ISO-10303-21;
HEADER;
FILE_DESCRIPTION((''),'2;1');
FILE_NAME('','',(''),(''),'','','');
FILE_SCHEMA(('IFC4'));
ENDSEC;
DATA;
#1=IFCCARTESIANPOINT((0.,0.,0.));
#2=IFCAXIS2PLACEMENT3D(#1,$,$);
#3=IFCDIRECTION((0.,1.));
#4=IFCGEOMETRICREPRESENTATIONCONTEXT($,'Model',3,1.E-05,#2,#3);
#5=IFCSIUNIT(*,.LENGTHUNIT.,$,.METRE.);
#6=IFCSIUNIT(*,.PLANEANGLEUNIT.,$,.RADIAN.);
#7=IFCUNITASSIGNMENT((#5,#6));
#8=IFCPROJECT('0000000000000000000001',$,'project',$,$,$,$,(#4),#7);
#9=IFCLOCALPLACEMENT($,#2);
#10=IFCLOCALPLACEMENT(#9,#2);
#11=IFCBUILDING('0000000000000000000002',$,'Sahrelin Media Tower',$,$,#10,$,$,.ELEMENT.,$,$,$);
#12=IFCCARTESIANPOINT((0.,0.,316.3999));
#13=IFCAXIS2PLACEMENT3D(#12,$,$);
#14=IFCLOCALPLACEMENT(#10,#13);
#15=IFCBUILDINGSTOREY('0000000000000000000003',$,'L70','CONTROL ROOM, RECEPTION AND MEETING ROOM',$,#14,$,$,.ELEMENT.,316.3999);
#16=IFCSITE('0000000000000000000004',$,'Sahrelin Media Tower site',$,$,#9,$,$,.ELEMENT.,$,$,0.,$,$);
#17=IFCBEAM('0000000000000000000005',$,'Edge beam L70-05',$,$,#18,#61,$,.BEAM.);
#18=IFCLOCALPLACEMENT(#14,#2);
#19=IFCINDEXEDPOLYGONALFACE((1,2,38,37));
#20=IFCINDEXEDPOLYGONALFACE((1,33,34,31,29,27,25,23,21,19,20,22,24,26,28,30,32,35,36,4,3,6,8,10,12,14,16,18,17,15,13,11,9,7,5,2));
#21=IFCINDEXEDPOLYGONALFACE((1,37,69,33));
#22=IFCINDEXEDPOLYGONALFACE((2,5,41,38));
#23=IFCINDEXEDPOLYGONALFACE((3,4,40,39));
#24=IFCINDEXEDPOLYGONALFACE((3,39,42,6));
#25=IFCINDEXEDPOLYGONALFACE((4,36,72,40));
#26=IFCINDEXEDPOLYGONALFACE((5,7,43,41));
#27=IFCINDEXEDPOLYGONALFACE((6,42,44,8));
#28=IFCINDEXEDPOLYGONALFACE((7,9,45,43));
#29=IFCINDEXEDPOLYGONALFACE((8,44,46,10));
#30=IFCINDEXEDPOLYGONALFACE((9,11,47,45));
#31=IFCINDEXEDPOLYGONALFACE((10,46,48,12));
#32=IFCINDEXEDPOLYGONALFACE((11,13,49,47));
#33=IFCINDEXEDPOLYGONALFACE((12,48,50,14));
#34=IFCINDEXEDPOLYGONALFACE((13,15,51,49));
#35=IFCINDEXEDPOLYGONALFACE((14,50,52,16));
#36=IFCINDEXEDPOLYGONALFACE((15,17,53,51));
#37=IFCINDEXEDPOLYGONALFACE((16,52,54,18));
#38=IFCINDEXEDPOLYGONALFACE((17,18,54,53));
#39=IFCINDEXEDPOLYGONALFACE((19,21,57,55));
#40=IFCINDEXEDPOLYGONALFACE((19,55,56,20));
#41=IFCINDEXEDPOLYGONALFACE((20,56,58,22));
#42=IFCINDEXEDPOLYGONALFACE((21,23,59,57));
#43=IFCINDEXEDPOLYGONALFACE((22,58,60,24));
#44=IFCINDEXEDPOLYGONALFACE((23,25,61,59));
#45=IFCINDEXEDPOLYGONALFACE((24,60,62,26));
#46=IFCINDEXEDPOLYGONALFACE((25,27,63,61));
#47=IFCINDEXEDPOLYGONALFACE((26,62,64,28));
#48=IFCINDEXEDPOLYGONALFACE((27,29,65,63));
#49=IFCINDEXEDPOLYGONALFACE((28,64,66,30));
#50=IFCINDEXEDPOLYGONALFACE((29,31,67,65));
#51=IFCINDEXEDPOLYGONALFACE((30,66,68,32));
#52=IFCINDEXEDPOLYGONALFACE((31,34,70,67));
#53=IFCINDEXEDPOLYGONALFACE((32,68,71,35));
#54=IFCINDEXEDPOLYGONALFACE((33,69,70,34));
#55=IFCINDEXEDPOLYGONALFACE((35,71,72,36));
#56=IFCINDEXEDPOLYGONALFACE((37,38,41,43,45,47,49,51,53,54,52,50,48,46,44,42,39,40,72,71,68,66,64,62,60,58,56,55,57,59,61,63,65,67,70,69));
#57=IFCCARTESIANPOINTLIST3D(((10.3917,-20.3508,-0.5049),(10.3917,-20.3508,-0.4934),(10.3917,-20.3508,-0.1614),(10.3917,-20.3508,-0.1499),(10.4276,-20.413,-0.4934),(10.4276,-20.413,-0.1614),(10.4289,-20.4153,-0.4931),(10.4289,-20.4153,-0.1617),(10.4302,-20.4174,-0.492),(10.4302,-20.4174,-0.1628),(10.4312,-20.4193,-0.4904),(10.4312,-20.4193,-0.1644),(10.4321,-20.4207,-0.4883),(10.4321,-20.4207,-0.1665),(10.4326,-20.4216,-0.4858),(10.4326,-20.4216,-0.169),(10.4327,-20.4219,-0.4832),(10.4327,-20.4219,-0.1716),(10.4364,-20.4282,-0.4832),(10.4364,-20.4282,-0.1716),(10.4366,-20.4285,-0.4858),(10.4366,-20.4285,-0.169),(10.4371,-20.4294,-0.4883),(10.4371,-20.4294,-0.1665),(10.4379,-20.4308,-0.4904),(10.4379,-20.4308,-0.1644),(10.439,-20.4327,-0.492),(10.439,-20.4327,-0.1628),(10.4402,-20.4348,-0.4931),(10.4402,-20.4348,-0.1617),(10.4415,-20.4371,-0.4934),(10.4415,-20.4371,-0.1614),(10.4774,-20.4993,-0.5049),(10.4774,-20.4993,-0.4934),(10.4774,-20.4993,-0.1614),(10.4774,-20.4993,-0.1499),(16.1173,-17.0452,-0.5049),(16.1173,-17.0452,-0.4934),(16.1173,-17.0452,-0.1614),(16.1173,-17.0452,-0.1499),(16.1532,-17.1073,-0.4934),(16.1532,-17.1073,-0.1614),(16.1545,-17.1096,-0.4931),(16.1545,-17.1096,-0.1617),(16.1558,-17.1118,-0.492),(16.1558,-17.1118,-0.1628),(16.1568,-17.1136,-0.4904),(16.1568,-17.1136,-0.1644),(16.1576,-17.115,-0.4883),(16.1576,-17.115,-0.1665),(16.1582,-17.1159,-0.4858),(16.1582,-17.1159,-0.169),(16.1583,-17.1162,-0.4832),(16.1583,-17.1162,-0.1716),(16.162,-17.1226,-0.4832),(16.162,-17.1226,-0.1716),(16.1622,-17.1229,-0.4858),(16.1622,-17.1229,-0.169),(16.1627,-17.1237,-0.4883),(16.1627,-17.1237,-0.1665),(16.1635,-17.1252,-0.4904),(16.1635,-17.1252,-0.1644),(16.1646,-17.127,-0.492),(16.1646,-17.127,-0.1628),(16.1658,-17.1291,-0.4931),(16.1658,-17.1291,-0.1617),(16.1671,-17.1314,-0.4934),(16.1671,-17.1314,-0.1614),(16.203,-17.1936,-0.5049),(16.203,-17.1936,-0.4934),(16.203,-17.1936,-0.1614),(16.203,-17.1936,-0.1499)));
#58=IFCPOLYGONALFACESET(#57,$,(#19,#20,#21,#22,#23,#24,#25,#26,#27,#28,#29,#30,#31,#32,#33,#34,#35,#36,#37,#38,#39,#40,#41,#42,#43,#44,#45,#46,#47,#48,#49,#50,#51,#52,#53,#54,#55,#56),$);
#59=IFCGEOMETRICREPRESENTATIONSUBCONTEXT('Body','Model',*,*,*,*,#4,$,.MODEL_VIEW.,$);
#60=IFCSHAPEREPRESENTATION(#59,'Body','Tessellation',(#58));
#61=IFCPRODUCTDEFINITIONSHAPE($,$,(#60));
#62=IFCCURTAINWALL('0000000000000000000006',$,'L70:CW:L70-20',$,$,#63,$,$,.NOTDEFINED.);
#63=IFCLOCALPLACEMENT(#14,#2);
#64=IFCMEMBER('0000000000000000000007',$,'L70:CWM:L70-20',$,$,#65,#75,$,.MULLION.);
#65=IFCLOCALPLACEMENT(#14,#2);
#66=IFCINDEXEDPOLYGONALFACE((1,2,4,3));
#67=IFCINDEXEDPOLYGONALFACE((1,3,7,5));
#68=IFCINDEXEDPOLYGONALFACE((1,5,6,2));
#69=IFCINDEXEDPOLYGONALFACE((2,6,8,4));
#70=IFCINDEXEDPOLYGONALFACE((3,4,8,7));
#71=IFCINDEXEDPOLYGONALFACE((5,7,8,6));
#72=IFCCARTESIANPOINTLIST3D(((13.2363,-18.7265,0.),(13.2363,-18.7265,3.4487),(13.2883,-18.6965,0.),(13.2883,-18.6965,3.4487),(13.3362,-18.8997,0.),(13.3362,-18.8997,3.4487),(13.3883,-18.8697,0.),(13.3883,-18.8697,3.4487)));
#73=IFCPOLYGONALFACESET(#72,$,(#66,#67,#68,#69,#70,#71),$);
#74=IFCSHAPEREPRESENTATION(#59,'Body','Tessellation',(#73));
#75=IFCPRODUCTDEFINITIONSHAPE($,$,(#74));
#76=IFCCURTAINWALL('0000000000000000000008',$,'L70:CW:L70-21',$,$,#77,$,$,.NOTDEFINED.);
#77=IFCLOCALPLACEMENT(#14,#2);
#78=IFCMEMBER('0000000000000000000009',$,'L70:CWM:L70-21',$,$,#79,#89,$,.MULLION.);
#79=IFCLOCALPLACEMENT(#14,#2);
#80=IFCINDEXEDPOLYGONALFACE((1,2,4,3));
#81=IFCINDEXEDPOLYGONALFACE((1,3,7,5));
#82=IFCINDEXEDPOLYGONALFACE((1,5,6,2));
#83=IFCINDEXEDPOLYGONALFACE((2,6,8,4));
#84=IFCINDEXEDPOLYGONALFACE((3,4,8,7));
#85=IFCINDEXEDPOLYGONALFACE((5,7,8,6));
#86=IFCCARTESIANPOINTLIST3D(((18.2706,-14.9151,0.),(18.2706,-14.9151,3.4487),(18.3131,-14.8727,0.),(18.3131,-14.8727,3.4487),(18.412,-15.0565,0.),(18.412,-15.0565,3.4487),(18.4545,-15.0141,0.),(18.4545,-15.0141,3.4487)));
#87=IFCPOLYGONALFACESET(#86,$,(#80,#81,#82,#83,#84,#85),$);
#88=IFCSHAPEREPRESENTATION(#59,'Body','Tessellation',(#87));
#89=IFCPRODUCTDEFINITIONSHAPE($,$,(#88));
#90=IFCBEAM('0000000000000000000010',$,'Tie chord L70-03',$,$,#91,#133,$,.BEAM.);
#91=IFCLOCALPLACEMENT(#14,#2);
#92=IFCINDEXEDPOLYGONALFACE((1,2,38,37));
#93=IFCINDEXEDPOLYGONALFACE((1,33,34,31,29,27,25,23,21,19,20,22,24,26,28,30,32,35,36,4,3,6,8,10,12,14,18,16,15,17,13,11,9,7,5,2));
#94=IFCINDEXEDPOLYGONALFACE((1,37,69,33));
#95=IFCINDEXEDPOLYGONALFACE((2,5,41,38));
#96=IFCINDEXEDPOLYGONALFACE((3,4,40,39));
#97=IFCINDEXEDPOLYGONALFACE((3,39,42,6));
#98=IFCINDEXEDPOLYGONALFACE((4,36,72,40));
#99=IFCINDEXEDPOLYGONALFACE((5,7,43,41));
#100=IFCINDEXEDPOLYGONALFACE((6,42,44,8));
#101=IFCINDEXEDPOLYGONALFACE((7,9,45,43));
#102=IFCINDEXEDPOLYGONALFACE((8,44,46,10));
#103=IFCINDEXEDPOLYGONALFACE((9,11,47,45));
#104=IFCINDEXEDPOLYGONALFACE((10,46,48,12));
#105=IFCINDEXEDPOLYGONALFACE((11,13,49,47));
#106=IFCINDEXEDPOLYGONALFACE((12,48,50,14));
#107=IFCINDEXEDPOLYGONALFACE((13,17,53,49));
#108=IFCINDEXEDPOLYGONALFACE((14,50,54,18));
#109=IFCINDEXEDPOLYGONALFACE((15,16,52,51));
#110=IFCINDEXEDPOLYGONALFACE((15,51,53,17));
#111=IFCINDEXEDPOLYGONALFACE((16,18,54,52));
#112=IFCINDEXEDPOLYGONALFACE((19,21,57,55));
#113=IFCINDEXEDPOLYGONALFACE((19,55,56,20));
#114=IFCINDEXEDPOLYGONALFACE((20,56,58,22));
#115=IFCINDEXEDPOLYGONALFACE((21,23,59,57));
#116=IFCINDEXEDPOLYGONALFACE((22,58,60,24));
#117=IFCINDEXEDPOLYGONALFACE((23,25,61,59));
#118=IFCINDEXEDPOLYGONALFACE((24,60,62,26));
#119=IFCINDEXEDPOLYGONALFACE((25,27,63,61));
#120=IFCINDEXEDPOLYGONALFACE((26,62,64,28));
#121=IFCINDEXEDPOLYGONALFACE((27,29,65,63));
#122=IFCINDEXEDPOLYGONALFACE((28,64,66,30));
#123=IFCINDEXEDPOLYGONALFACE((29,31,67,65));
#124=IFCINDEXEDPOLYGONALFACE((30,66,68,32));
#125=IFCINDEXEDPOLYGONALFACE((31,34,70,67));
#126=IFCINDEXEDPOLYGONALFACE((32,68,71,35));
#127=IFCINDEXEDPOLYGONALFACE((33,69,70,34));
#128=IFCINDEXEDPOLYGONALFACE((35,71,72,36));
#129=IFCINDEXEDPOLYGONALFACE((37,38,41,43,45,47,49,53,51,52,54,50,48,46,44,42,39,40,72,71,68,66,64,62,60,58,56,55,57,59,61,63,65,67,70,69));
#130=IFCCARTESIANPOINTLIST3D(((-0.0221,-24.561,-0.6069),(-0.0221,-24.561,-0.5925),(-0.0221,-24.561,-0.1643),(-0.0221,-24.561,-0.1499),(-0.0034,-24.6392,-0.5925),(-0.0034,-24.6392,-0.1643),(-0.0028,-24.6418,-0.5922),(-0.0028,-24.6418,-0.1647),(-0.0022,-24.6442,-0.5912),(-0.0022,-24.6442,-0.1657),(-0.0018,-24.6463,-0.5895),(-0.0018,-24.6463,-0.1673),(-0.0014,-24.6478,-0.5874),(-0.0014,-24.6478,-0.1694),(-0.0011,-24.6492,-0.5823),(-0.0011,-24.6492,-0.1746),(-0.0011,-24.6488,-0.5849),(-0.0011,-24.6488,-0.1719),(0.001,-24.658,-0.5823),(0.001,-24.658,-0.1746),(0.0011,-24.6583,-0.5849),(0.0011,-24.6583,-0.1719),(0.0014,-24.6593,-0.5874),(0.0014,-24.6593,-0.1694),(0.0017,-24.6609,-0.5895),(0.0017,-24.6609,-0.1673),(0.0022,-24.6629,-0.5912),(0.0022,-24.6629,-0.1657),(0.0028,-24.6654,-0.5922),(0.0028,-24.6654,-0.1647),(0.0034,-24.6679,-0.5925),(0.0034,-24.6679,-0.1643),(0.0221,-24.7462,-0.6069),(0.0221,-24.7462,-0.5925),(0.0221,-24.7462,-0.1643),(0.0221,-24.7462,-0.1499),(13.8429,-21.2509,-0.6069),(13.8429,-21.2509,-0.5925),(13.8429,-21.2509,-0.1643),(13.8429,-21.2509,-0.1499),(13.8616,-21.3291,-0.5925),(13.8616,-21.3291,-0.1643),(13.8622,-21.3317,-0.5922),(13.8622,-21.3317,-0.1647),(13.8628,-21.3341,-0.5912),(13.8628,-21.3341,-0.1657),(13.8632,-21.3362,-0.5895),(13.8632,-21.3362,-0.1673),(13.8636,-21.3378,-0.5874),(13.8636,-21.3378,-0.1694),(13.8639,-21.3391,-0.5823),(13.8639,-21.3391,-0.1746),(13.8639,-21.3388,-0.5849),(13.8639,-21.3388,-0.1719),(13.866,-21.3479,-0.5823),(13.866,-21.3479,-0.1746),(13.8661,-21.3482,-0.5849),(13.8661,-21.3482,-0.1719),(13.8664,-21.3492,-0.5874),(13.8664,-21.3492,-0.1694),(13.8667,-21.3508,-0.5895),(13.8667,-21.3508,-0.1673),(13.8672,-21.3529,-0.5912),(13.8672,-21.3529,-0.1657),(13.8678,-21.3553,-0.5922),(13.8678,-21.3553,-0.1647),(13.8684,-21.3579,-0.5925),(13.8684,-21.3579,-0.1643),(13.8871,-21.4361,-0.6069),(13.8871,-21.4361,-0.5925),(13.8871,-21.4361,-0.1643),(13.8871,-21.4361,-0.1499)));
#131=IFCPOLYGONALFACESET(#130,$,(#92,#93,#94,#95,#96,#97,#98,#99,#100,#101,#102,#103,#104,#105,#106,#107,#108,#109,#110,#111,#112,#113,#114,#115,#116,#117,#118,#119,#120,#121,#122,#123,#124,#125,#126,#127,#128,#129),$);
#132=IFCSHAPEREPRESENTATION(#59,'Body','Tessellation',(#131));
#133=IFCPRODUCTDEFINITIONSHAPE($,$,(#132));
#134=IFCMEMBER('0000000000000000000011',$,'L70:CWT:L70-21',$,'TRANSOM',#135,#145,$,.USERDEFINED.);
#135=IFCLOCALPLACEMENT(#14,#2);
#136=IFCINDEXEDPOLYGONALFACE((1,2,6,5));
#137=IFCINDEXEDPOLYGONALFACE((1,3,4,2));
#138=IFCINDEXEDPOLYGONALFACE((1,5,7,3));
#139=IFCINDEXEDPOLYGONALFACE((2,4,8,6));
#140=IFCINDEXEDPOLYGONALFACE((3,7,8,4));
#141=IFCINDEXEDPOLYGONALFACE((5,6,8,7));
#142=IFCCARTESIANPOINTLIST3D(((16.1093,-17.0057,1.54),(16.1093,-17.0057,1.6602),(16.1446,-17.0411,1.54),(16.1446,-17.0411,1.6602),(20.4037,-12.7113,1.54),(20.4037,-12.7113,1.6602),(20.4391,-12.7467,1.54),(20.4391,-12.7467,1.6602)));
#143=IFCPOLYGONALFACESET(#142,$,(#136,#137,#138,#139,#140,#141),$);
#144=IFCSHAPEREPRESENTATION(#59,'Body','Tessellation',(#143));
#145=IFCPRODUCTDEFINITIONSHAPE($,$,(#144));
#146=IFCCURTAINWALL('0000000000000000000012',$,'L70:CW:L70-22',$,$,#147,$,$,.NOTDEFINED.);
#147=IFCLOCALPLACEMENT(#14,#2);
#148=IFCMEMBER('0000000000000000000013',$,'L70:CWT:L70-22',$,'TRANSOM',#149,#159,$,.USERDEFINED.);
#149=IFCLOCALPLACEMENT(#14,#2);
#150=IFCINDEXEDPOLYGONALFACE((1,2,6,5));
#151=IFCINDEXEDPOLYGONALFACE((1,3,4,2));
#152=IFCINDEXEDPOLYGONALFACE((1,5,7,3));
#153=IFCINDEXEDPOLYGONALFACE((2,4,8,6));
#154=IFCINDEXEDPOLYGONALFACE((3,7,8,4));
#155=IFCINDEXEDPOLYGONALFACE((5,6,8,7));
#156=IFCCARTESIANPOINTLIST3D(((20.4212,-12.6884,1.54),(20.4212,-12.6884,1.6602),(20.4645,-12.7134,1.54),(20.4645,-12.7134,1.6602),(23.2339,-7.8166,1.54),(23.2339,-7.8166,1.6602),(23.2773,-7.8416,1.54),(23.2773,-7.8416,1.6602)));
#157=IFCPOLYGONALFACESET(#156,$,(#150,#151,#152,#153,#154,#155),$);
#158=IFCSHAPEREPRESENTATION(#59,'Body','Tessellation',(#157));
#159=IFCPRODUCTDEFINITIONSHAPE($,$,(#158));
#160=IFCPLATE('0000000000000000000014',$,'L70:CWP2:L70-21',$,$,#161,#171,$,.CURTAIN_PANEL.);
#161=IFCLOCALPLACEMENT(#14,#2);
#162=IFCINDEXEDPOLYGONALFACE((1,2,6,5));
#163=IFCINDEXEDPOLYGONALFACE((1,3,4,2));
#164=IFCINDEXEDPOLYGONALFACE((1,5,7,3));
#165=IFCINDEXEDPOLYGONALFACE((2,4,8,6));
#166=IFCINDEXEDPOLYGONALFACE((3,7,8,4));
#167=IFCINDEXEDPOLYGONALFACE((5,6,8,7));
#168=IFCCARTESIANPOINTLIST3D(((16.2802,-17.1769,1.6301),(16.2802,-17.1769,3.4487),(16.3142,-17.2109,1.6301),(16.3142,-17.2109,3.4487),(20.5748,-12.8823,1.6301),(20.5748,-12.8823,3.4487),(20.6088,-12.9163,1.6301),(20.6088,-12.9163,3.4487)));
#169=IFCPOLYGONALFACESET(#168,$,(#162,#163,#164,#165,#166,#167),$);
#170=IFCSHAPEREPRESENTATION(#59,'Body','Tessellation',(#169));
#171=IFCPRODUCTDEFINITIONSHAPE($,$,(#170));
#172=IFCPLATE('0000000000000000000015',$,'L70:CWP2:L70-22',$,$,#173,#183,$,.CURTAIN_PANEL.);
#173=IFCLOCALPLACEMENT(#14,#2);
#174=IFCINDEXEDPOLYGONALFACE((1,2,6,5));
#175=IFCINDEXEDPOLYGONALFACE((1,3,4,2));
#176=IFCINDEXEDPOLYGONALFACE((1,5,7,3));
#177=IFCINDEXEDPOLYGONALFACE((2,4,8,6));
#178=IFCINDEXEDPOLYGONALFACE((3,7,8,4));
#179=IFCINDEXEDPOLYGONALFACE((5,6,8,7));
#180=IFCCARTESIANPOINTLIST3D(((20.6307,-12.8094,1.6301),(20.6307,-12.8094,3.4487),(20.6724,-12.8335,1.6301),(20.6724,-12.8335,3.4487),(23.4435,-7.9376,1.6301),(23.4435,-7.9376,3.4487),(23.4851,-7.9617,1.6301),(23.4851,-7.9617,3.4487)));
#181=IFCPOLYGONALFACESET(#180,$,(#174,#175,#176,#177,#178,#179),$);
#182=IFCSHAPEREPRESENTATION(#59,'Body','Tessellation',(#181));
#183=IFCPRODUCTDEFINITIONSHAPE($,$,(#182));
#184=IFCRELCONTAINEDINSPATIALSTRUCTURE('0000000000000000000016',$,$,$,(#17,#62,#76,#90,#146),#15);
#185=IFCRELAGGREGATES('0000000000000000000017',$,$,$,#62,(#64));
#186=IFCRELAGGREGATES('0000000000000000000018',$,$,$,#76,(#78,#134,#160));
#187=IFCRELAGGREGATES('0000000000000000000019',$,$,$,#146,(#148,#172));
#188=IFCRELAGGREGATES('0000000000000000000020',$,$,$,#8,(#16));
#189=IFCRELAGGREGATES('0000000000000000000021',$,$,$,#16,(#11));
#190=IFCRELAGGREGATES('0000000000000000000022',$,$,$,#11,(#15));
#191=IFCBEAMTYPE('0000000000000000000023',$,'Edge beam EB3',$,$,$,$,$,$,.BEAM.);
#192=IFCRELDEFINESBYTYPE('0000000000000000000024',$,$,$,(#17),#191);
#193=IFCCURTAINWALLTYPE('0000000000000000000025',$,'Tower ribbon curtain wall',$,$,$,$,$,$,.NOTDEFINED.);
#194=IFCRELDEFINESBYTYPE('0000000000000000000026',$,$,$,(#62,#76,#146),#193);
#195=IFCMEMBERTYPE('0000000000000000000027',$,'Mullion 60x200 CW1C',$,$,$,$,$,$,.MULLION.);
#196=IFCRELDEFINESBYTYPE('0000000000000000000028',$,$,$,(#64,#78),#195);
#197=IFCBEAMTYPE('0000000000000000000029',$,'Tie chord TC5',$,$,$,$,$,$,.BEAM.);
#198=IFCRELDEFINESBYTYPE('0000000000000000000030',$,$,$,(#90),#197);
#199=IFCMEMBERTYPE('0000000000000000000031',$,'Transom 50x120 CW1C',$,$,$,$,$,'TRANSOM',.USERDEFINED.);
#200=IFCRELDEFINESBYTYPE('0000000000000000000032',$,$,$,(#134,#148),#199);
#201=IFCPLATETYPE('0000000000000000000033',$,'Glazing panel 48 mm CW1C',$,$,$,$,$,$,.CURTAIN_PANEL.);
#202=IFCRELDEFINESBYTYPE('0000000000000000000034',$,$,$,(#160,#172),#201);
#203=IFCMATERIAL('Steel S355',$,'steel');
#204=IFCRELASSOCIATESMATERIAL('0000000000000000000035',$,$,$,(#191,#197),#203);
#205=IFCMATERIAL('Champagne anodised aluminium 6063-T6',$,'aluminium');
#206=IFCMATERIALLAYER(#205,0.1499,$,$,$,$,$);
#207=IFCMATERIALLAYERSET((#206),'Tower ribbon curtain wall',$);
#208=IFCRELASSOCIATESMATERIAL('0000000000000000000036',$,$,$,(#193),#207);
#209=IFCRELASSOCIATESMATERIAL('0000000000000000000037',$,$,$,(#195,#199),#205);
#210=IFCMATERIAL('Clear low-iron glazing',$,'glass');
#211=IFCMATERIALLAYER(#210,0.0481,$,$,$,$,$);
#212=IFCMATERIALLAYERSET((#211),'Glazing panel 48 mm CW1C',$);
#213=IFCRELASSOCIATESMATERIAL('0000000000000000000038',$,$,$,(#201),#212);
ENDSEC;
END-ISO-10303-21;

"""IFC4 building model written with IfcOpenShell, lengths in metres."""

from ifc_helpers import new_model, si_unit, direction, frame, origin, origin_2d, place, context, subcontext, project, spatial, polyline, rectangle, i_section, outline, extrude, material, layer, layer_set, material_profile, profile_set, type_object, element, aggregate, save


model = new_model("IFC4")

# Units and contexts
model_context = context("Model", 3, precision=1e-05, world=origin(), true_north=direction((0.0, 1.0)))
body_context = subcontext(model_context, "Body", "Model", "MODEL_VIEW")
ifc_project = project(units=[si_unit("LENGTHUNIT", "METRE"), si_unit("PLANEANGLEUNIT", "RADIAN")], contexts=[model_context])

# Site, building, storey
site_placement = place(None, origin())
site = spatial("IfcSite", under=ifc_project, at=site_placement, Name="Sahrelin Media Tower site", CompositionType="ELEMENT", RefElevation=0.0)
building_placement = place(site_placement, origin())
building = spatial("IfcBuilding", under=site, at=building_placement, Name="Sahrelin Media Tower", CompositionType="ELEMENT")
storey_placement = place(building_placement, frame((0.0, 0.0, 316.3999)))
storey = spatial("IfcBuildingStorey", under=building, at=storey_placement, Name="L70", Description="CONTROL ROOM, RECEPTION AND MEETING ROOM", CompositionType="ELEMENT", Elevation=316.3999)

# Beam
ifc_material_1 = material(Name="Steel S355", Category="steel")
ifc_material_profile_1 = material_profile(ifc_material_1, i_section(OverallWidth=0.1714, OverallDepth=0.355, WebThickness=0.0073, FlangeThickness=0.0115, FilletRadius=0.0103, at=origin_2d()), Name="UB 356x171x51")
ifc_profile_set_1 = profile_set([ifc_material_profile_1], Name="Steel S355")
beam_type_1 = type_object("IfcBeamType", Name="Edge beam EB3", PredefinedType="BEAM", material=ifc_profile_set_1)
beam_1_placement = place(storey_placement, frame((16.1602, -17.1194, -0.3274), z_axis=(-0.866026, -0.499999, 0.0), x_axis=(0.499999, -0.866026, 0.0)))
element("IfcBeam", 1, at=beam_1_placement, inside=storey, type_object=beam_type_1, Name="Edge beam L70-05", PredefinedType="BEAM", context=body_context, shape_type="SweptSolid", body=[
    extrude(i_section(OverallWidth=0.1714, OverallDepth=0.355, WebThickness=0.0073, FlangeThickness=0.0115, FilletRadius=0.0103, at=origin_2d()), origin(), (0.0, 0.0, 1.0), 6.6113),
])

# Curtain walls, members
ifc_material_2 = material(Name="Champagne anodised aluminium 6063-T6", Category="aluminium")
ifc_layer_1 = layer(ifc_material_2, 0.1499)
ifc_layer_set_1 = layer_set([ifc_layer_1], Name="Tower ribbon curtain wall")
curtain_wall_type = type_object("IfcCurtainWallType", Name="Tower ribbon curtain wall", PredefinedType="NOTDEFINED", material=ifc_layer_set_1)
curtain_wall_1_placement = place(storey_placement, frame((13.3723, -18.9021, 0.0), z_axis=(0.0, 0.0, 1.0), x_axis=(1.0, 0.0, 0.0)))
curtain_wall_1 = element("IfcCurtainWall", 2, at=curtain_wall_1_placement, inside=storey, type_object=curtain_wall_type, Name="L70:CW:L70-20", PredefinedType="NOTDEFINED")
ifc_material_profile_2 = material_profile(ifc_material_2, rectangle(XDim=0.0601, YDim=0.2, at=origin_2d()), Name="Mullion 60x200")
ifc_profile_set_2 = profile_set([ifc_material_profile_2], Name="Champagne anodised aluminium 6063-T6")
member_type_1 = type_object("IfcMemberType", Name="Mullion 60x200 CW1C", PredefinedType="MULLION", material=ifc_profile_set_2)
member_1_placement = place(storey_placement, frame((13.3123, -18.7981, 0.0), z_axis=(0.0, 0.0, 1.0), x_axis=(0.866024, 0.500003, 0.0)))
member_1 = element("IfcMember", 3, at=member_1_placement, type_object=member_type_1, Name="L70:CWM:L70-20", PredefinedType="MULLION", context=body_context, shape_type="SweptSolid", body=[
    extrude(rectangle(XDim=0.0601, YDim=0.2, at=origin_2d()), origin(), (0.0, 0.0, 1.0), 3.4487),
])
aggregate(curtain_wall_1, [member_1])
curtain_wall_2_placement = place(storey_placement, frame((18.4475, -15.0496, 0.0), z_axis=(0.0, 0.0, 1.0), x_axis=(1.0, 0.0, 0.0)))
curtain_wall_2 = element("IfcCurtainWall", 4, at=curtain_wall_2_placement, inside=storey, type_object=curtain_wall_type, Name="L70:CW:L70-21", PredefinedType="NOTDEFINED")
member_2_placement = place(storey_placement, frame((18.3625, -14.9646, 0.0), z_axis=(0.0, 0.0, 1.0), x_axis=(0.707107, 0.707107, 0.0)))
member_2 = element("IfcMember", 5, at=member_2_placement, type_object=member_type_1, Name="L70:CWM:L70-21", PredefinedType="MULLION", context=body_context, shape_type="SweptSolid", body=[
    extrude(rectangle(XDim=0.0601, YDim=0.2, at=origin_2d()), origin(), (0.0, 0.0, 1.0), 3.4487),
])

# Beam
ifc_material_profile_3 = material_profile(ifc_material_1, i_section(OverallWidth=0.1904, OverallDepth=0.457, WebThickness=0.009, FlangeThickness=0.0144, FilletRadius=0.0103, at=origin_2d()), Name="UB 457x191x74")
ifc_profile_set_3 = profile_set([ifc_material_profile_3], Name="Steel S355")
beam_type_2 = type_object("IfcBeamType", Name="Tie chord TC5", PredefinedType="BEAM", material=ifc_profile_set_3)
beam_2_placement = place(storey_placement, frame((13.865, -21.3435, -0.3784), z_axis=(-0.972666, -0.232209, 0.0), x_axis=(0.232209, -0.972666, 0.0)))
element("IfcBeam", 6, at=beam_2_placement, inside=storey, type_object=beam_type_2, Name="Tie chord L70-03", PredefinedType="BEAM", context=body_context, shape_type="SweptSolid", body=[
    extrude(i_section(OverallWidth=0.1904, OverallDepth=0.457, WebThickness=0.009, FlangeThickness=0.0144, FilletRadius=0.0103, at=origin_2d()), origin(), (0.0, 0.0, 1.0), 14.2546),
])

# Member
ifc_material_profile_4 = material_profile(ifc_material_2, rectangle(XDim=0.05, YDim=0.1201, at=origin_2d()), Name="Transom 50x120")
ifc_profile_set_4 = profile_set([ifc_material_profile_4], Name="Champagne anodised aluminium 6063-T6")
member_type_2 = type_object("IfcMemberType", Name="Transom 50x120 CW1C", ElementType="TRANSOM", PredefinedType="USERDEFINED", material=ifc_profile_set_4)
member_3_placement = place(storey_placement, frame((16.127, -17.0234, 1.6001), z_axis=(0.707107, 0.707107, 0.0), x_axis=(-0.707107, 0.707107, 0.0)))
member_3 = element("IfcMember", 7, at=member_3_placement, type_object=member_type_2, Name="L70:CWT:L70-21", ObjectType="TRANSOM", PredefinedType="USERDEFINED", context=body_context, shape_type="SweptSolid", body=[
    extrude(rectangle(XDim=0.05, YDim=0.1201, at=origin_2d()), origin(), (0.0, 0.0, 1.0), 6.0732),
])

# Curtain wall, member
curtain_wall_3_placement = place(storey_placement, frame((22.0615, -10.3875, 0.0), z_axis=(0.0, 0.0, 1.0), x_axis=(1.0, 0.0, 0.0)))
curtain_wall_3 = element("IfcCurtainWall", 8, at=curtain_wall_3_placement, inside=storey, type_object=curtain_wall_type, Name="L70:CW:L70-22", PredefinedType="NOTDEFINED")
member_4_placement = place(storey_placement, frame((20.4429, -12.7009, 1.6001), z_axis=(0.499999, 0.866026, 0.0), x_axis=(-0.866026, 0.499999, 0.0)))
member_4 = element("IfcMember", 9, at=member_4_placement, type_object=member_type_2, Name="L70:CWT:L70-22", ObjectType="TRANSOM", PredefinedType="USERDEFINED", context=body_context, shape_type="SweptSolid", body=[
    extrude(rectangle(XDim=0.05, YDim=0.1201, at=origin_2d()), origin(), (0.0, 0.0, 1.0), 5.6255),
])

# Plates
ifc_material_3 = material(Name="Clear low-iron glazing", Category="glass")
ifc_layer_2 = layer(ifc_material_3, 0.0481)
ifc_layer_set_2 = layer_set([ifc_layer_2], Name="Glazing panel 48 mm CW1C")
plate_type_1 = type_object("IfcPlateType", Name="Glazing panel 48 mm CW1C", PredefinedType="CURTAIN_PANEL", material=ifc_layer_set_2)
plate_1_placement = place(storey_placement, frame((16.3142, -17.2109, 1.6301), z_axis=(0.707107, -0.707107, 0.0), x_axis=(0.707107, 0.707107, 0.0)))
plate_1 = element("IfcPlate", 10, at=plate_1_placement, type_object=plate_type_1, Name="L70:CWP2:L70-21", PredefinedType="CURTAIN_PANEL", context=body_context, shape_type="SweptSolid", body=[
    extrude(outline(polyline([(0.0, 0.0), (6.0735, 0.0), (6.0735, 1.8186), (0.0, 1.8186), (0.0, 0.0)])), origin(), (0.0, 0.0, -1.0), 0.0481),
])
plate_2_placement = place(storey_placement, frame((20.6724, -12.8335, 1.6301), z_axis=(0.866026, -0.499999, 0.0), x_axis=(0.499999, 0.866026, 0.0)))
plate_2 = element("IfcPlate", 11, at=plate_2_placement, type_object=plate_type_1, Name="L70:CWP2:L70-22", PredefinedType="CURTAIN_PANEL", context=body_context, shape_type="SweptSolid", body=[
    extrude(outline(polyline([(0.0, 0.0), (5.6255, 0.0), (5.6255, 1.8186), (0.0, 1.8186), (0.0, 0.0)])), origin(), (0.0, 0.0, -1.0), 0.0481),
])
aggregate(curtain_wall_2, [member_2, member_3, plate_1])
aggregate(curtain_wall_3, [member_4, plate_2])

save(model, "model.ifc")
